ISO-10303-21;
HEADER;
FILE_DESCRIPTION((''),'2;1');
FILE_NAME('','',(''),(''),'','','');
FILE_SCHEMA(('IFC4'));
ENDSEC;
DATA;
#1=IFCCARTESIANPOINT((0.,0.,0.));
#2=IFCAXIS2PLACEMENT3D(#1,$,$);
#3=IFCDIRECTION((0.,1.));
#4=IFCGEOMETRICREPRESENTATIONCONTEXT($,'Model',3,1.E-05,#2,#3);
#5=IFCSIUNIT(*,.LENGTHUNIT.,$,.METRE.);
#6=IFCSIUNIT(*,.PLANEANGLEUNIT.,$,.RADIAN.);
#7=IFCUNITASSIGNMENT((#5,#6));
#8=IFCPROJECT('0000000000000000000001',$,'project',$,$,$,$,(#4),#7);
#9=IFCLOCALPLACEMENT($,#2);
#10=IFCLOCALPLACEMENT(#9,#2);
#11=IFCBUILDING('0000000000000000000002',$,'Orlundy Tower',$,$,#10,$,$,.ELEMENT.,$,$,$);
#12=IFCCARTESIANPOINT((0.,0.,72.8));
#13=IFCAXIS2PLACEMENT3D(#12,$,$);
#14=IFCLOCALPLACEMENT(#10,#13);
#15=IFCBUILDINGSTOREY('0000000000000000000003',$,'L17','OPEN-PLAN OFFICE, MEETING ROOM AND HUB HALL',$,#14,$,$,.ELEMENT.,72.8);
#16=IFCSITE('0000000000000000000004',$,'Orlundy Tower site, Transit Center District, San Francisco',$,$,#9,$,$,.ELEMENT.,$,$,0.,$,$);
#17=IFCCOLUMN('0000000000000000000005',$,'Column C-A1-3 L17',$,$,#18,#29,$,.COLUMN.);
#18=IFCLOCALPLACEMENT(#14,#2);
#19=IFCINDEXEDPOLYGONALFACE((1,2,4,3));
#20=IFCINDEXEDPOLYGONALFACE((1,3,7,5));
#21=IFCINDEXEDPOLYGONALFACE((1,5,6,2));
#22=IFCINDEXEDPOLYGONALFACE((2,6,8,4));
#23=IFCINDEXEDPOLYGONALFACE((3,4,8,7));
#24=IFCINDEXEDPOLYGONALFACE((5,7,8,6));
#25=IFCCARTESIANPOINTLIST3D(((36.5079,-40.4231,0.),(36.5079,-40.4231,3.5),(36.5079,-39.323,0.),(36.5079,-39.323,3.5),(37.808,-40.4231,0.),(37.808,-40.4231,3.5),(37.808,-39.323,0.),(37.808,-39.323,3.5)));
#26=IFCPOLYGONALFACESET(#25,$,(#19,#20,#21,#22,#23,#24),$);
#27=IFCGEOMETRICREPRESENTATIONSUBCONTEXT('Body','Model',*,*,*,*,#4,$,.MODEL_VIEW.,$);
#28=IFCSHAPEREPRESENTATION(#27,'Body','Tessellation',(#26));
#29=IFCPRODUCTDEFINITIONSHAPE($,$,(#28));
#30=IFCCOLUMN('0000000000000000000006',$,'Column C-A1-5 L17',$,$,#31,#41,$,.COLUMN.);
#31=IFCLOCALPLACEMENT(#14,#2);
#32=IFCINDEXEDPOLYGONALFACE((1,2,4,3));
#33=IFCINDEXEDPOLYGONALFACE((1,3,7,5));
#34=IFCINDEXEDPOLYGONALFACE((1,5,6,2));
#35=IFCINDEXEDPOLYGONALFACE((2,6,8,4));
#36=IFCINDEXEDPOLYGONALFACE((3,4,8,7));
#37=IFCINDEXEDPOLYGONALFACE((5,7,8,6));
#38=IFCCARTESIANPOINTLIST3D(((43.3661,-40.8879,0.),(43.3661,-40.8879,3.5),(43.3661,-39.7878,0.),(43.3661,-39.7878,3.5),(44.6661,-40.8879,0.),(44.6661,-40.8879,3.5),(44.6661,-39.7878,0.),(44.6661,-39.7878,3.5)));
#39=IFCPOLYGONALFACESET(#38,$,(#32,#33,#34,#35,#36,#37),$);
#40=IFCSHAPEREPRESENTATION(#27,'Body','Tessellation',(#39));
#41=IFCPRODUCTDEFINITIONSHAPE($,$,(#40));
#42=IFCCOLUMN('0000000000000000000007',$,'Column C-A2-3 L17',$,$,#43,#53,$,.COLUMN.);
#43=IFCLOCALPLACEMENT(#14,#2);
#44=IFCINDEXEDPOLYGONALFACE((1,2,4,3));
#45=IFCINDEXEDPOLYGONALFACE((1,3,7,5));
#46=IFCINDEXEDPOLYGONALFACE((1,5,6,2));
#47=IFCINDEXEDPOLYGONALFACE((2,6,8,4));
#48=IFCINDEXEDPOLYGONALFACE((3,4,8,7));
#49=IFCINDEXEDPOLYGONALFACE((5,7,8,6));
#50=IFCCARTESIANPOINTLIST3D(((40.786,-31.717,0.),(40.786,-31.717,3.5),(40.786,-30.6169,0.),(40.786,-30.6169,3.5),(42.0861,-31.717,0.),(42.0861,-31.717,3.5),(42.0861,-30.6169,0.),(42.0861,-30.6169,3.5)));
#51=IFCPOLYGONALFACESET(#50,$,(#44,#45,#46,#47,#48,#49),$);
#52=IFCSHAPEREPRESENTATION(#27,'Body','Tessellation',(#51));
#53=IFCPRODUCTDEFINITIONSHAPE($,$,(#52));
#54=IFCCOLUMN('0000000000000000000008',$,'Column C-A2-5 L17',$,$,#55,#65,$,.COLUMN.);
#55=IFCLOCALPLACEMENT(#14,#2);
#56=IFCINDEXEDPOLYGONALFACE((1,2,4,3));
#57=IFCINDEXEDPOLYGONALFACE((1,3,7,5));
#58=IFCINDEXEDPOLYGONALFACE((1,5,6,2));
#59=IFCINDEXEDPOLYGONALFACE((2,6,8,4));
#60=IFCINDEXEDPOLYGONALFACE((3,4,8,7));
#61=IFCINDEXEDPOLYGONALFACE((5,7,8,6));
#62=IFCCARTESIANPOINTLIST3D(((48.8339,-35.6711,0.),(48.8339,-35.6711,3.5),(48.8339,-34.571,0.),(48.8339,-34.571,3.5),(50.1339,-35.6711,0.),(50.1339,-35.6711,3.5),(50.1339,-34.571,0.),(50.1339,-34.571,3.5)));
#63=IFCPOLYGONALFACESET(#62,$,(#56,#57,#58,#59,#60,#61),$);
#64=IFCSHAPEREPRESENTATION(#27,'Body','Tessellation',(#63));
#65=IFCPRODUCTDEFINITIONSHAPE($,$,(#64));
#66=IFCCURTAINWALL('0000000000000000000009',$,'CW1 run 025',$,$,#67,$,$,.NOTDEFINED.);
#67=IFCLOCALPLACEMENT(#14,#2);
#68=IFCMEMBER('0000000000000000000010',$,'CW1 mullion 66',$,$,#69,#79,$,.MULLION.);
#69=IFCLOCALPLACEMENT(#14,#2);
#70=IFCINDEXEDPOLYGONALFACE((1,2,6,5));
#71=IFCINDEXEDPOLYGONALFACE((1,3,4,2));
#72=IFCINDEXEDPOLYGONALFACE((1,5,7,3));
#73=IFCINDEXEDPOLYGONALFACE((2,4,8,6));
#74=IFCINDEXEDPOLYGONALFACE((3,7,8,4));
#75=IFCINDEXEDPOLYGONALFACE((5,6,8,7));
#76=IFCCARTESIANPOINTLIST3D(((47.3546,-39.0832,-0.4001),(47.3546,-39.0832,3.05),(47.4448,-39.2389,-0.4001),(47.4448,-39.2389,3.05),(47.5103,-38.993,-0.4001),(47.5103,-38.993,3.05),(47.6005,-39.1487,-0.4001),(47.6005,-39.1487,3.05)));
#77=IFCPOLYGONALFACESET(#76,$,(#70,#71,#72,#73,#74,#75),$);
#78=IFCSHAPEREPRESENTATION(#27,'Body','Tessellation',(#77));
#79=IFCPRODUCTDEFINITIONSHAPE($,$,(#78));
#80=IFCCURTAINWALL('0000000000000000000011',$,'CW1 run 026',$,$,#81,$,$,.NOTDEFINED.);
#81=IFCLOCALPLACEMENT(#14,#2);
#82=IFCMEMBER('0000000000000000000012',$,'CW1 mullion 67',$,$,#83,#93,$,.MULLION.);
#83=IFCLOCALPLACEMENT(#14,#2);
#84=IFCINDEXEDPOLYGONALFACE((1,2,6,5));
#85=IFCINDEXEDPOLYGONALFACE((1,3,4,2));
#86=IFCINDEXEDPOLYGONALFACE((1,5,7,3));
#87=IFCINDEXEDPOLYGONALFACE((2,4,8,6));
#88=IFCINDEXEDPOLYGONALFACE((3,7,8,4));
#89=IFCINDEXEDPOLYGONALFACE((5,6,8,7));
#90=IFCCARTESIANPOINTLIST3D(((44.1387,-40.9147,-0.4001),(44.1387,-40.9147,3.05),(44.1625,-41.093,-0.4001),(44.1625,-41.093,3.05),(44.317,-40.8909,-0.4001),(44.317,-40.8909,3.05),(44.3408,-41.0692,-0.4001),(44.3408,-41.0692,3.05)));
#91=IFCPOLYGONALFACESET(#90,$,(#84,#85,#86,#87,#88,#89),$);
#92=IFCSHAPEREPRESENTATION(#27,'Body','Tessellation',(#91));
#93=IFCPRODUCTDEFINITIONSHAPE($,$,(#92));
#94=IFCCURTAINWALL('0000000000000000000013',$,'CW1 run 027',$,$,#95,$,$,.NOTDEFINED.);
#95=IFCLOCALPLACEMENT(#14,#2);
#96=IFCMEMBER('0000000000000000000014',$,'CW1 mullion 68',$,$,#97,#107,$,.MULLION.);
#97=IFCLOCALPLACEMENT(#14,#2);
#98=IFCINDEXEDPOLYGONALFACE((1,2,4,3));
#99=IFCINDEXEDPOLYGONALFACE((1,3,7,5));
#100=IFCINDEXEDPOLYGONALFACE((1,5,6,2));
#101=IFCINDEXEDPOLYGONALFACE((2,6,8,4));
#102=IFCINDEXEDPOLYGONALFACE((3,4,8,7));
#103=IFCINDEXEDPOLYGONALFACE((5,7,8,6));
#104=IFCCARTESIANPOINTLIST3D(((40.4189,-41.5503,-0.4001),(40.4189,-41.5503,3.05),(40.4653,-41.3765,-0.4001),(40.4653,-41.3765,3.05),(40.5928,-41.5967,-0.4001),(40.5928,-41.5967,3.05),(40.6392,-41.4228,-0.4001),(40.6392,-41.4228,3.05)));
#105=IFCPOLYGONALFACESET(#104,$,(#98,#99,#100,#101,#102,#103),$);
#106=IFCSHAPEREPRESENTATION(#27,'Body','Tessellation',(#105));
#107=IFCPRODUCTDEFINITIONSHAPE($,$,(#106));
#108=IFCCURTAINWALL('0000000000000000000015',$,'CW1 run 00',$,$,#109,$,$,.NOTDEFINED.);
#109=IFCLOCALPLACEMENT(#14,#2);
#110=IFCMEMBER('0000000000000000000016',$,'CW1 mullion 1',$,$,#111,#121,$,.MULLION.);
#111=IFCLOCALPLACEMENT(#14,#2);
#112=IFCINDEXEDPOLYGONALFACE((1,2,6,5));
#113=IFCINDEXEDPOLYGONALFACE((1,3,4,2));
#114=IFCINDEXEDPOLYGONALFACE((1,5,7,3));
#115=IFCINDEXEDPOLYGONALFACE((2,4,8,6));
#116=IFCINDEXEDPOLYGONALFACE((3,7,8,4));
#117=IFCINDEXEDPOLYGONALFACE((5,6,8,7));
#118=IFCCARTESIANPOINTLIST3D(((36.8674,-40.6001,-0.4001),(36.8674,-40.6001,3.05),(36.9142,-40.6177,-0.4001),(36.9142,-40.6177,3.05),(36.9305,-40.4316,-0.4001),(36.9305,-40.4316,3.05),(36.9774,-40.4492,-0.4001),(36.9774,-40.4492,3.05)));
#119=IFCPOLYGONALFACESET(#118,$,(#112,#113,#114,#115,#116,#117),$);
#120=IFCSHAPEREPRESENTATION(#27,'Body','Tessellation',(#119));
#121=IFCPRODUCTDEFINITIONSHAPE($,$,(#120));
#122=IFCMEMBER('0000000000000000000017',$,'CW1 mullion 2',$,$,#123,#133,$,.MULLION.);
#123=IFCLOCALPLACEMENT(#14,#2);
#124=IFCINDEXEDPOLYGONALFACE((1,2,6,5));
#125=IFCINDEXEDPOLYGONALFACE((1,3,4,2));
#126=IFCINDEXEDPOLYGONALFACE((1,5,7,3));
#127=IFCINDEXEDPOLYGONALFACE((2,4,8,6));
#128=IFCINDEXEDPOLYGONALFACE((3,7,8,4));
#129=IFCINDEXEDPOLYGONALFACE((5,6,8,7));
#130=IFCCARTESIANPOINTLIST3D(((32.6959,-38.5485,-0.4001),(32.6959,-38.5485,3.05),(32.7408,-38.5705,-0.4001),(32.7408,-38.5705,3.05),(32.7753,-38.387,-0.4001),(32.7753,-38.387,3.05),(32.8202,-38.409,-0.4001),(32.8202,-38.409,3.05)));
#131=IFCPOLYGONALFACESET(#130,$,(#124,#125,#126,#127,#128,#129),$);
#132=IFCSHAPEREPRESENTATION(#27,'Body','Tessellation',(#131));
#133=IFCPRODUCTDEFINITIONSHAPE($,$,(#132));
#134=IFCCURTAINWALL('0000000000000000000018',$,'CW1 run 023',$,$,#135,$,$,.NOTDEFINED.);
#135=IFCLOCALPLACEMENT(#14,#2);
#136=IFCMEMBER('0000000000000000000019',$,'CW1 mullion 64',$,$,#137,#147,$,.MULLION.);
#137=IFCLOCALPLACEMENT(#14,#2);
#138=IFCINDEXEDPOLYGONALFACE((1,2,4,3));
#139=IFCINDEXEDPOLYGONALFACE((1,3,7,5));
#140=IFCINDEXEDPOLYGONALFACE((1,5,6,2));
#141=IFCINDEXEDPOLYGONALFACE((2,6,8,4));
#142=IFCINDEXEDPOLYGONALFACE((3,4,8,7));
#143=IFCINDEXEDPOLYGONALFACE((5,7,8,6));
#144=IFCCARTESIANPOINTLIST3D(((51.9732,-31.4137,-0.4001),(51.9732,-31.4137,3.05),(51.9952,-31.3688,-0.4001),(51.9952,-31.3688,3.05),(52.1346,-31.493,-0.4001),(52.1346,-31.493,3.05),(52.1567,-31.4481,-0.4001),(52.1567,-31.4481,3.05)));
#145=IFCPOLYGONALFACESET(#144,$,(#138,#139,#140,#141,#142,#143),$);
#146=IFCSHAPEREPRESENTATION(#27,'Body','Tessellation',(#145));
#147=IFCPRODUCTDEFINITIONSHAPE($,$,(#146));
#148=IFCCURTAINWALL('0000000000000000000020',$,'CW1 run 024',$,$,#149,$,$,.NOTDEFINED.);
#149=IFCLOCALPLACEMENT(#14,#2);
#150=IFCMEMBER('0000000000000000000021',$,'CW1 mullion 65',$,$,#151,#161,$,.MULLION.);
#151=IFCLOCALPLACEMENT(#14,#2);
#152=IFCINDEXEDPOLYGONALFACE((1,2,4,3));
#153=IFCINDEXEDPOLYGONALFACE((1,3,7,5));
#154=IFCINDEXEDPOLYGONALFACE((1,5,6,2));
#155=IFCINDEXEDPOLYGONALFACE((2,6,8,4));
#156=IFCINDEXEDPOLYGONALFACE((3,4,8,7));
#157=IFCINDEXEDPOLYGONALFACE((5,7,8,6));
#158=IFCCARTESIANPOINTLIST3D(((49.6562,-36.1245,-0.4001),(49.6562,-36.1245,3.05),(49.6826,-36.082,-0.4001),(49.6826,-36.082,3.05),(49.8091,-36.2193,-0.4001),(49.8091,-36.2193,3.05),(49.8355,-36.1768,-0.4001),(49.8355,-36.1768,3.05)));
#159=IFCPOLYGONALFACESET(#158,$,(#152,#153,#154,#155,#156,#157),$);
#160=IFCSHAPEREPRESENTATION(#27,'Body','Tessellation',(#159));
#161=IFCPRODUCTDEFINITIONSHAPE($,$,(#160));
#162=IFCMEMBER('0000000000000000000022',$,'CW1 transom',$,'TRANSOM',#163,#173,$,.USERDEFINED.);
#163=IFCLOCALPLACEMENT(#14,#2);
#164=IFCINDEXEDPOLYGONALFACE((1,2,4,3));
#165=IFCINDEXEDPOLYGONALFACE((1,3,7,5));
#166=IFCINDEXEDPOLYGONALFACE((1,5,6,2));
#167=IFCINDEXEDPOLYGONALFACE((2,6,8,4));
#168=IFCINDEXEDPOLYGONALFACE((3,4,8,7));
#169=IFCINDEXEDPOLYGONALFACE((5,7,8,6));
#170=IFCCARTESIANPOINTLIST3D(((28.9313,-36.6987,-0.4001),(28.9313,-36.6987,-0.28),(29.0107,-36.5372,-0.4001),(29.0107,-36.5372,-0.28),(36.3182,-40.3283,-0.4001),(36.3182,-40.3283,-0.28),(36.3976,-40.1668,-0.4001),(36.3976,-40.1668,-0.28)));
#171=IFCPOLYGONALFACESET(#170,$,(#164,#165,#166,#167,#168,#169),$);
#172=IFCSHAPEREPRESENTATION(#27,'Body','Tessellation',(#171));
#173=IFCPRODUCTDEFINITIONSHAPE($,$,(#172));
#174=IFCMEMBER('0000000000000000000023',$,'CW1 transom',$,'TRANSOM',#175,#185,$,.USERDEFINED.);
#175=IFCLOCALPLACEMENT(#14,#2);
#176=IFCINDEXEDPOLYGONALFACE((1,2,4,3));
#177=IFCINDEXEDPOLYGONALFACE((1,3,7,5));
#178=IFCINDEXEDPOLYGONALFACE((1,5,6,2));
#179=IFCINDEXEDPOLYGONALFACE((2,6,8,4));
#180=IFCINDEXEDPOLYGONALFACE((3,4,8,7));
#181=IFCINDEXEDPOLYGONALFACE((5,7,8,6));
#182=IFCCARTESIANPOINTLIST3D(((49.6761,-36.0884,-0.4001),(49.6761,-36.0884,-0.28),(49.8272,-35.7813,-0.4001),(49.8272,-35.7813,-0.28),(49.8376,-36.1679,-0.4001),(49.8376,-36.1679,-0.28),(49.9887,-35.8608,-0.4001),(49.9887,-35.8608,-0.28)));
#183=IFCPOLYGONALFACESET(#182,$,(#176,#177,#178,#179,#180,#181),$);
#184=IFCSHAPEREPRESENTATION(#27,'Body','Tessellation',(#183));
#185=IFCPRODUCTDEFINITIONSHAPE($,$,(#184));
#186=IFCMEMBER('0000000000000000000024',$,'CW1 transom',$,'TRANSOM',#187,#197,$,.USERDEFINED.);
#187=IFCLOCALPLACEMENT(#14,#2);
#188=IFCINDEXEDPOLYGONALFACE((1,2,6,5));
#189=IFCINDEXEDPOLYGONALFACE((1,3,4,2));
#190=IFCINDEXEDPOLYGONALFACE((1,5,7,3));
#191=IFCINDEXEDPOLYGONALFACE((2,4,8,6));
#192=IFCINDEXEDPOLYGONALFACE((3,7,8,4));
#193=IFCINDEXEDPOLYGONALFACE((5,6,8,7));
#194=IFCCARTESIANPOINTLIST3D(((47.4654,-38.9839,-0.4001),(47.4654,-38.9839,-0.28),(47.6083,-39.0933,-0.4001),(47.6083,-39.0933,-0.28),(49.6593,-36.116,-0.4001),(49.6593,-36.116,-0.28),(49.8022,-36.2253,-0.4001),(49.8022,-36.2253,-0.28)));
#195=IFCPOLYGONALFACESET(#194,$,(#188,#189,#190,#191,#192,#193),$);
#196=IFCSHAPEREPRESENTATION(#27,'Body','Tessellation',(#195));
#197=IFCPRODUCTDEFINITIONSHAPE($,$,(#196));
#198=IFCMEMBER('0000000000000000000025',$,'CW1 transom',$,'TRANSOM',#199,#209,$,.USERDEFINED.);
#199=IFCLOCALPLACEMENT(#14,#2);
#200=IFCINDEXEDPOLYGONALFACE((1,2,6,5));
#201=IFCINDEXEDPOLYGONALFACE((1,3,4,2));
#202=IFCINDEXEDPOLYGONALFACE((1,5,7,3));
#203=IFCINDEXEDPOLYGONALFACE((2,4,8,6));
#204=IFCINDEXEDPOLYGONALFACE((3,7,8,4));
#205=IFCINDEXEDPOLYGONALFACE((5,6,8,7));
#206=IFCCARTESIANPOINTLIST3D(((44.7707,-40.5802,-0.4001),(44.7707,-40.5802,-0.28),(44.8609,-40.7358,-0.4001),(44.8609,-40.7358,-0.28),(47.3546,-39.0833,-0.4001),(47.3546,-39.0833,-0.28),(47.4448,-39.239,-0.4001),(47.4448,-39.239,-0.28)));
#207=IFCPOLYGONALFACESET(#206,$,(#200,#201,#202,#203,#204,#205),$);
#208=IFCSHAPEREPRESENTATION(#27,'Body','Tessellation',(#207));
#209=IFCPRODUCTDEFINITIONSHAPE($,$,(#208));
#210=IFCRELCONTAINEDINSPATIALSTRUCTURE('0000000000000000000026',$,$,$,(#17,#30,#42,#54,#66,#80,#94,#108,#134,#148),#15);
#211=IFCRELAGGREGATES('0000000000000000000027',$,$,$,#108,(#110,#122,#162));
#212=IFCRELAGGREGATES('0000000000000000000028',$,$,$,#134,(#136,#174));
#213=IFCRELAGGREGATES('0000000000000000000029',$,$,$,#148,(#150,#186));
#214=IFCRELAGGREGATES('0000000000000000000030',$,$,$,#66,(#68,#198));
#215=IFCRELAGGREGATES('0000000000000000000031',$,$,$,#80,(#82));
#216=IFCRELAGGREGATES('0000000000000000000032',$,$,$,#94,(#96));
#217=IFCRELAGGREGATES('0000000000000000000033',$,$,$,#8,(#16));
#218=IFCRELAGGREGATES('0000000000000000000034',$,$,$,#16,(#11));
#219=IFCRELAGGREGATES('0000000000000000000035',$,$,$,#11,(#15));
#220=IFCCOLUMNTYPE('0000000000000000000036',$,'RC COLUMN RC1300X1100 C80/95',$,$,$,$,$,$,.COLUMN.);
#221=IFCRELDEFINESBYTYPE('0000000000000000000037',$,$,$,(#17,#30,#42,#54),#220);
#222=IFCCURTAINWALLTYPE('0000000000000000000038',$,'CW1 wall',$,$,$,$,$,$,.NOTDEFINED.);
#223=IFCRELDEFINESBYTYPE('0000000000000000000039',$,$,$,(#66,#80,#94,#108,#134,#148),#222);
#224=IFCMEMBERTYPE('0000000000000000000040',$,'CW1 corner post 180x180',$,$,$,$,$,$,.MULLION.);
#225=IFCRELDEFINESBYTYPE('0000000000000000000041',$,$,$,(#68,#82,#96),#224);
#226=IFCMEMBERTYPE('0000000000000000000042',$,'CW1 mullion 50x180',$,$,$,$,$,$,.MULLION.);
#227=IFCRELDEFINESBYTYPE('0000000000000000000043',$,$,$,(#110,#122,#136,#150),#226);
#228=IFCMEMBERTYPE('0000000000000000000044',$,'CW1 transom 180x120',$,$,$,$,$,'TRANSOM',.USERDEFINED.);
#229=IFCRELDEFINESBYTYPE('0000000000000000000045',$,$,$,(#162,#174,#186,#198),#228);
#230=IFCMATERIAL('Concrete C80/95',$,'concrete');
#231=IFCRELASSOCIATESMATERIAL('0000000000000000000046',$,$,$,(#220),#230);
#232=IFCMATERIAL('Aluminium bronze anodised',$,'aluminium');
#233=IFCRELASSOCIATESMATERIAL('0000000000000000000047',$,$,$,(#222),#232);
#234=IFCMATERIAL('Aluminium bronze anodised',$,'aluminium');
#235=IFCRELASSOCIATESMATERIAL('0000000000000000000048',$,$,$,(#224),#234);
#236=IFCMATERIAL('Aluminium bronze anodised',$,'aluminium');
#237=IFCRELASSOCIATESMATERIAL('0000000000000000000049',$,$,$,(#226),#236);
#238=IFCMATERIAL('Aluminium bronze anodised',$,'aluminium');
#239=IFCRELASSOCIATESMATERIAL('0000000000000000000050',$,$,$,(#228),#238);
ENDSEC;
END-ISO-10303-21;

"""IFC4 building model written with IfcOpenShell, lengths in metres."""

from ifc_helpers import new_model, si_unit, direction, frame, origin, origin_2d, place, context, subcontext, project, spatial, rectangle, extrude, material, material_profile, profile_set, type_object, element, aggregate, save


model = new_model("IFC4")

# Units and contexts
model_context = context("Model", 3, precision=1e-05, world=origin(), true_north=direction((0.0, 1.0)))
body_context = subcontext(model_context, "Body", "Model", "MODEL_VIEW")
ifc_project = project(units=[si_unit("LENGTHUNIT", "METRE"), si_unit("PLANEANGLEUNIT", "RADIAN")], contexts=[model_context])

# Site, building, storey
site_placement = place(None, origin())
site = spatial("IfcSite", under=ifc_project, at=site_placement, Name="Orlundy Tower site, Transit Center District, San Francisco", CompositionType="ELEMENT", RefElevation=0.0)
building_placement = place(site_placement, origin())
building = spatial("IfcBuilding", under=site, at=building_placement, Name="Orlundy Tower", CompositionType="ELEMENT")
storey_placement = place(building_placement, frame((0.0, 0.0, 72.8)))
storey = spatial("IfcBuildingStorey", under=building, at=storey_placement, Name="L17", Description="OPEN-PLAN OFFICE, MEETING ROOM AND HUB HALL", CompositionType="ELEMENT", Elevation=72.8)

# Columns
ifc_material_1 = material(Name="Concrete C80/95", Category="concrete")
ifc_material_profile_1 = material_profile(ifc_material_1, rectangle(XDim=1.3, YDim=1.1001, at=origin_2d()), Name="RC1300X1100")
ifc_profile_set_1 = profile_set([ifc_material_profile_1], Name="Concrete C80/95")
column_type = type_object("IfcColumnType", Name="RC COLUMN RC1300X1100 C80/95", PredefinedType="COLUMN", material=ifc_profile_set_1)
for number, where, z_axis, x_axis, name in (
    (1, (37.158, -39.873, 0.0), (0.0, 0.0, 1.0), (1.0, 0.0, 0.0), "Column C-A1-3 L17"),
    (2, (44.0161, -40.3379, 0.0), (0.0, 0.0, 1.0), (1.0, 0.0, 0.0), "Column C-A1-5 L17"),
    (3, (41.436, -31.167, 0.0), (0.0, 0.0, 1.0), (1.0, 0.0, 0.0), "Column C-A2-3 L17"),
    (4, (49.4839, -35.1211, 0.0), (0.0, 0.0, 1.0), (1.0, 0.0, 0.0), "Column C-A2-5 L17"),
):
    element("IfcColumn", number, at=place(storey_placement, frame(where, z_axis=z_axis, x_axis=x_axis)), inside=storey, type_object=column_type, Name=name, PredefinedType="COLUMN", context=body_context, shape_type="SweptSolid", body=[
        extrude(rectangle(XDim=1.3, YDim=1.1001, at=origin_2d()), origin(), (0.0, 0.0, 1.0), 3.5),
    ])

# Curtain walls, members
ifc_material_2 = material(Name="Aluminium bronze anodised", Category="aluminium")
curtain_wall_type = type_object("IfcCurtainWallType", Name="CW1 wall", PredefinedType="NOTDEFINED", material=ifc_material_2)
curtain_wall_1_placement = place(storey_placement, origin())
curtain_wall_1 = element("IfcCurtainWall", 5, at=curtain_wall_1_placement, inside=storey, type_object=curtain_wall_type, Name="CW1 run 025", PredefinedType="NOTDEFINED")
ifc_material_3 = material(Name="Aluminium bronze anodised", Category="aluminium")
ifc_material_profile_2 = material_profile(ifc_material_3, rectangle(XDim=0.1799, YDim=0.1799, at=origin_2d()), Name="CW1 corner post 180x180")
ifc_profile_set_2 = profile_set([ifc_material_profile_2], Name="Aluminium bronze anodised")
member_type_1 = type_object("IfcMemberType", Name="CW1 corner post 180x180", PredefinedType="MULLION", material=ifc_profile_set_2)
member_1_placement = place(storey_placement, frame((47.4775, -39.116, -0.4001), z_axis=(0.0, 0.0, 1.0), x_axis=(0.501302, -0.865272, 0.0)))
member_1 = element("IfcMember", 6, at=member_1_placement, type_object=member_type_1, Name="CW1 mullion 66", PredefinedType="MULLION", context=body_context, shape_type="SweptSolid", body=[
    extrude(rectangle(XDim=0.1799, YDim=0.1799, at=origin_2d()), origin(), (0.0, 0.0, 1.0), 3.4502),
])
curtain_wall_2_placement = place(storey_placement, origin())
curtain_wall_2 = element("IfcCurtainWall", 7, at=curtain_wall_2_placement, inside=storey, type_object=curtain_wall_type, Name="CW1 run 026", PredefinedType="NOTDEFINED")
member_2_placement = place(storey_placement, frame((44.2397, -40.9919, -0.4001), z_axis=(0.0, 0.0, 1.0), x_axis=(0.132164, -0.991228, 0.0)))
member_2 = element("IfcMember", 8, at=member_2_placement, type_object=member_type_1, Name="CW1 mullion 67", PredefinedType="MULLION", context=body_context, shape_type="SweptSolid", body=[
    extrude(rectangle(XDim=0.1799, YDim=0.1799, at=origin_2d()), origin(), (0.0, 0.0, 1.0), 3.4502),
])
curtain_wall_3_placement = place(storey_placement, origin())
curtain_wall_3 = element("IfcCurtainWall", 9, at=curtain_wall_3_placement, inside=storey, type_object=curtain_wall_type, Name="CW1 run 027", PredefinedType="NOTDEFINED")
member_3_placement = place(storey_placement, frame((40.5291, -41.4866, -0.4001), z_axis=(0.0, 0.0, 1.0), x_axis=(-0.257679, -0.96623, 0.0)))
member_3 = element("IfcMember", 10, at=member_3_placement, type_object=member_type_1, Name="CW1 mullion 68", PredefinedType="MULLION", context=body_context, shape_type="SweptSolid", body=[
    extrude(rectangle(XDim=0.1799, YDim=0.1799, at=origin_2d()), origin(), (0.0, 0.0, 1.0), 3.4502),
])

# Curtain wall, members
curtain_wall_4_placement = place(storey_placement, origin())
curtain_wall_4 = element("IfcCurtainWall", 11, at=curtain_wall_4_placement, inside=storey, type_object=curtain_wall_type, Name="CW1 run 00", PredefinedType="NOTDEFINED")
ifc_material_4 = material(Name="Aluminium bronze anodised", Category="aluminium")
ifc_material_profile_3 = material_profile(ifc_material_4, rectangle(XDim=0.1799, YDim=0.05, at=origin_2d()), Name="CW1 mullion 50x180")
ifc_profile_set_3 = profile_set([ifc_material_profile_3], Name="Aluminium bronze anodised")
member_type_2 = type_object("IfcMemberType", Name="CW1 mullion 50x180", PredefinedType="MULLION", material=ifc_profile_set_3)
member_4_placement = place(storey_placement, frame((36.9224, -40.5247, -0.4001), z_axis=(0.0, 0.0, 1.0), x_axis=(-0.351009, -0.936372, 0.0)))
member_4 = element("IfcMember", 12, at=member_4_placement, type_object=member_type_2, Name="CW1 mullion 1", PredefinedType="MULLION", context=body_context, shape_type="SweptSolid", body=[
    extrude(rectangle(XDim=0.1799, YDim=0.05, at=origin_2d()), origin(), (0.0, 0.0, 1.0), 3.4502),
])
member_5_placement = place(storey_placement, frame((32.7581, -38.4788, -0.4001), z_axis=(0.0, 0.0, 1.0), x_axis=(-0.440969, -0.897522, 0.0)))
member_5 = element("IfcMember", 13, at=member_5_placement, type_object=member_type_2, Name="CW1 mullion 2", PredefinedType="MULLION", context=body_context, shape_type="SweptSolid", body=[
    extrude(rectangle(XDim=0.1799, YDim=0.05, at=origin_2d()), origin(), (0.0, 0.0, 1.0), 3.4502),
])

# Curtain walls, members
curtain_wall_5_placement = place(storey_placement, origin())
curtain_wall_5 = element("IfcCurtainWall", 14, at=curtain_wall_5_placement, inside=storey, type_object=curtain_wall_type, Name="CW1 run 023", PredefinedType="NOTDEFINED")
member_6_placement = place(storey_placement, frame((52.0649, -31.4309, -0.4001), z_axis=(0.0, 0.0, 1.0), x_axis=(0.897501, -0.441012, 0.0)))
member_6 = element("IfcMember", 15, at=member_6_placement, type_object=member_type_2, Name="CW1 mullion 64", PredefinedType="MULLION", context=body_context, shape_type="SweptSolid", body=[
    extrude(rectangle(XDim=0.1799, YDim=0.05, at=origin_2d()), origin(), (0.0, 0.0, 1.0), 3.4502),
])
curtain_wall_6_placement = place(storey_placement, origin())
curtain_wall_6 = element("IfcCurtainWall", 16, at=curtain_wall_6_placement, inside=storey, type_object=curtain_wall_type, Name="CW1 run 024", PredefinedType="NOTDEFINED")
member_7_placement = place(storey_placement, frame((49.7458, -36.1506, -0.4001), z_axis=(0.0, 0.0, 1.0), x_axis=(0.849973, -0.526826, 0.0)))
member_7 = element("IfcMember", 17, at=member_7_placement, type_object=member_type_2, Name="CW1 mullion 65", PredefinedType="MULLION", context=body_context, shape_type="SweptSolid", body=[
    extrude(rectangle(XDim=0.1799, YDim=0.05, at=origin_2d()), origin(), (0.0, 0.0, 1.0), 3.4502),
])

# Members
ifc_material_5 = material(Name="Aluminium bronze anodised", Category="aluminium")
ifc_material_profile_4 = material_profile(ifc_material_5, rectangle(XDim=0.1799, YDim=0.1201, at=origin_2d()), Name="CW1 transom 180x120")
ifc_profile_set_4 = profile_set([ifc_material_profile_4], Name="Aluminium bronze anodised")
member_type_3 = type_object("IfcMemberType", Name="CW1 transom 180x120", ElementType="TRANSOM", PredefinedType="USERDEFINED", material=ifc_profile_set_4)
member_8_placement = place(storey_placement, frame((36.3579, -40.2476, -0.3401), z_axis=(-0.897508, 0.440997, 0.0), x_axis=(-0.440997, -0.897508, 0.0)))
member_8 = element("IfcMember", 18, at=member_8_placement, type_object=member_type_3, Name="CW1 transom", ObjectType="TRANSOM", PredefinedType="USERDEFINED", context=body_context, shape_type="SweptSolid", body=[
    extrude(rectangle(XDim=0.1799, YDim=0.1201, at=origin_2d()), origin(), (0.0, 0.0, 1.0), 8.2305),
])
member_9_placement = place(storey_placement, frame((49.908, -35.821, -0.3401), z_axis=(-0.441499, -0.897262, 0.0), x_axis=(0.897262, -0.441499, 0.0)))
member_9 = element("IfcMember", 19, at=member_9_placement, type_object=member_type_3, Name="CW1 transom", ObjectType="TRANSOM", PredefinedType="USERDEFINED", context=body_context, shape_type="SweptSolid", body=[
    extrude(rectangle(XDim=0.1799, YDim=0.1201, at=origin_2d()), origin(), (0.0, 0.0, 1.0), 0.3423),
])
member_10_placement = place(storey_placement, frame((49.7307, -36.1707, -0.3401), z_axis=(-0.607578, -0.79426, 0.0), x_axis=(0.79426, -0.607578, 0.0)))
member_10 = element("IfcMember", 20, at=member_10_placement, type_object=member_type_3, Name="CW1 transom", ObjectType="TRANSOM", PredefinedType="USERDEFINED", context=body_context, shape_type="SweptSolid", body=[
    extrude(rectangle(XDim=0.1799, YDim=0.1201, at=origin_2d()), origin(), (0.0, 0.0, 1.0), 3.6108),
])
member_11_placement = place(storey_placement, frame((47.3997, -39.1611, -0.3401), z_axis=(-0.865284, -0.501281, 0.0), x_axis=(0.501281, -0.865284, 0.0)))
member_11 = element("IfcMember", 21, at=member_11_placement, type_object=member_type_3, Name="CW1 transom", ObjectType="TRANSOM", PredefinedType="USERDEFINED", context=body_context, shape_type="SweptSolid", body=[
    extrude(rectangle(XDim=0.1799, YDim=0.1201, at=origin_2d()), origin(), (0.0, 0.0, 1.0), 2.9861),
])

aggregate(curtain_wall_4, [member_4, member_5, member_8])
aggregate(curtain_wall_5, [member_6, member_9])
aggregate(curtain_wall_6, [member_7, member_10])
aggregate(curtain_wall_1, [member_1, member_11])
aggregate(curtain_wall_2, [member_2])
aggregate(curtain_wall_3, [member_3])

save(model, "model.ifc")
